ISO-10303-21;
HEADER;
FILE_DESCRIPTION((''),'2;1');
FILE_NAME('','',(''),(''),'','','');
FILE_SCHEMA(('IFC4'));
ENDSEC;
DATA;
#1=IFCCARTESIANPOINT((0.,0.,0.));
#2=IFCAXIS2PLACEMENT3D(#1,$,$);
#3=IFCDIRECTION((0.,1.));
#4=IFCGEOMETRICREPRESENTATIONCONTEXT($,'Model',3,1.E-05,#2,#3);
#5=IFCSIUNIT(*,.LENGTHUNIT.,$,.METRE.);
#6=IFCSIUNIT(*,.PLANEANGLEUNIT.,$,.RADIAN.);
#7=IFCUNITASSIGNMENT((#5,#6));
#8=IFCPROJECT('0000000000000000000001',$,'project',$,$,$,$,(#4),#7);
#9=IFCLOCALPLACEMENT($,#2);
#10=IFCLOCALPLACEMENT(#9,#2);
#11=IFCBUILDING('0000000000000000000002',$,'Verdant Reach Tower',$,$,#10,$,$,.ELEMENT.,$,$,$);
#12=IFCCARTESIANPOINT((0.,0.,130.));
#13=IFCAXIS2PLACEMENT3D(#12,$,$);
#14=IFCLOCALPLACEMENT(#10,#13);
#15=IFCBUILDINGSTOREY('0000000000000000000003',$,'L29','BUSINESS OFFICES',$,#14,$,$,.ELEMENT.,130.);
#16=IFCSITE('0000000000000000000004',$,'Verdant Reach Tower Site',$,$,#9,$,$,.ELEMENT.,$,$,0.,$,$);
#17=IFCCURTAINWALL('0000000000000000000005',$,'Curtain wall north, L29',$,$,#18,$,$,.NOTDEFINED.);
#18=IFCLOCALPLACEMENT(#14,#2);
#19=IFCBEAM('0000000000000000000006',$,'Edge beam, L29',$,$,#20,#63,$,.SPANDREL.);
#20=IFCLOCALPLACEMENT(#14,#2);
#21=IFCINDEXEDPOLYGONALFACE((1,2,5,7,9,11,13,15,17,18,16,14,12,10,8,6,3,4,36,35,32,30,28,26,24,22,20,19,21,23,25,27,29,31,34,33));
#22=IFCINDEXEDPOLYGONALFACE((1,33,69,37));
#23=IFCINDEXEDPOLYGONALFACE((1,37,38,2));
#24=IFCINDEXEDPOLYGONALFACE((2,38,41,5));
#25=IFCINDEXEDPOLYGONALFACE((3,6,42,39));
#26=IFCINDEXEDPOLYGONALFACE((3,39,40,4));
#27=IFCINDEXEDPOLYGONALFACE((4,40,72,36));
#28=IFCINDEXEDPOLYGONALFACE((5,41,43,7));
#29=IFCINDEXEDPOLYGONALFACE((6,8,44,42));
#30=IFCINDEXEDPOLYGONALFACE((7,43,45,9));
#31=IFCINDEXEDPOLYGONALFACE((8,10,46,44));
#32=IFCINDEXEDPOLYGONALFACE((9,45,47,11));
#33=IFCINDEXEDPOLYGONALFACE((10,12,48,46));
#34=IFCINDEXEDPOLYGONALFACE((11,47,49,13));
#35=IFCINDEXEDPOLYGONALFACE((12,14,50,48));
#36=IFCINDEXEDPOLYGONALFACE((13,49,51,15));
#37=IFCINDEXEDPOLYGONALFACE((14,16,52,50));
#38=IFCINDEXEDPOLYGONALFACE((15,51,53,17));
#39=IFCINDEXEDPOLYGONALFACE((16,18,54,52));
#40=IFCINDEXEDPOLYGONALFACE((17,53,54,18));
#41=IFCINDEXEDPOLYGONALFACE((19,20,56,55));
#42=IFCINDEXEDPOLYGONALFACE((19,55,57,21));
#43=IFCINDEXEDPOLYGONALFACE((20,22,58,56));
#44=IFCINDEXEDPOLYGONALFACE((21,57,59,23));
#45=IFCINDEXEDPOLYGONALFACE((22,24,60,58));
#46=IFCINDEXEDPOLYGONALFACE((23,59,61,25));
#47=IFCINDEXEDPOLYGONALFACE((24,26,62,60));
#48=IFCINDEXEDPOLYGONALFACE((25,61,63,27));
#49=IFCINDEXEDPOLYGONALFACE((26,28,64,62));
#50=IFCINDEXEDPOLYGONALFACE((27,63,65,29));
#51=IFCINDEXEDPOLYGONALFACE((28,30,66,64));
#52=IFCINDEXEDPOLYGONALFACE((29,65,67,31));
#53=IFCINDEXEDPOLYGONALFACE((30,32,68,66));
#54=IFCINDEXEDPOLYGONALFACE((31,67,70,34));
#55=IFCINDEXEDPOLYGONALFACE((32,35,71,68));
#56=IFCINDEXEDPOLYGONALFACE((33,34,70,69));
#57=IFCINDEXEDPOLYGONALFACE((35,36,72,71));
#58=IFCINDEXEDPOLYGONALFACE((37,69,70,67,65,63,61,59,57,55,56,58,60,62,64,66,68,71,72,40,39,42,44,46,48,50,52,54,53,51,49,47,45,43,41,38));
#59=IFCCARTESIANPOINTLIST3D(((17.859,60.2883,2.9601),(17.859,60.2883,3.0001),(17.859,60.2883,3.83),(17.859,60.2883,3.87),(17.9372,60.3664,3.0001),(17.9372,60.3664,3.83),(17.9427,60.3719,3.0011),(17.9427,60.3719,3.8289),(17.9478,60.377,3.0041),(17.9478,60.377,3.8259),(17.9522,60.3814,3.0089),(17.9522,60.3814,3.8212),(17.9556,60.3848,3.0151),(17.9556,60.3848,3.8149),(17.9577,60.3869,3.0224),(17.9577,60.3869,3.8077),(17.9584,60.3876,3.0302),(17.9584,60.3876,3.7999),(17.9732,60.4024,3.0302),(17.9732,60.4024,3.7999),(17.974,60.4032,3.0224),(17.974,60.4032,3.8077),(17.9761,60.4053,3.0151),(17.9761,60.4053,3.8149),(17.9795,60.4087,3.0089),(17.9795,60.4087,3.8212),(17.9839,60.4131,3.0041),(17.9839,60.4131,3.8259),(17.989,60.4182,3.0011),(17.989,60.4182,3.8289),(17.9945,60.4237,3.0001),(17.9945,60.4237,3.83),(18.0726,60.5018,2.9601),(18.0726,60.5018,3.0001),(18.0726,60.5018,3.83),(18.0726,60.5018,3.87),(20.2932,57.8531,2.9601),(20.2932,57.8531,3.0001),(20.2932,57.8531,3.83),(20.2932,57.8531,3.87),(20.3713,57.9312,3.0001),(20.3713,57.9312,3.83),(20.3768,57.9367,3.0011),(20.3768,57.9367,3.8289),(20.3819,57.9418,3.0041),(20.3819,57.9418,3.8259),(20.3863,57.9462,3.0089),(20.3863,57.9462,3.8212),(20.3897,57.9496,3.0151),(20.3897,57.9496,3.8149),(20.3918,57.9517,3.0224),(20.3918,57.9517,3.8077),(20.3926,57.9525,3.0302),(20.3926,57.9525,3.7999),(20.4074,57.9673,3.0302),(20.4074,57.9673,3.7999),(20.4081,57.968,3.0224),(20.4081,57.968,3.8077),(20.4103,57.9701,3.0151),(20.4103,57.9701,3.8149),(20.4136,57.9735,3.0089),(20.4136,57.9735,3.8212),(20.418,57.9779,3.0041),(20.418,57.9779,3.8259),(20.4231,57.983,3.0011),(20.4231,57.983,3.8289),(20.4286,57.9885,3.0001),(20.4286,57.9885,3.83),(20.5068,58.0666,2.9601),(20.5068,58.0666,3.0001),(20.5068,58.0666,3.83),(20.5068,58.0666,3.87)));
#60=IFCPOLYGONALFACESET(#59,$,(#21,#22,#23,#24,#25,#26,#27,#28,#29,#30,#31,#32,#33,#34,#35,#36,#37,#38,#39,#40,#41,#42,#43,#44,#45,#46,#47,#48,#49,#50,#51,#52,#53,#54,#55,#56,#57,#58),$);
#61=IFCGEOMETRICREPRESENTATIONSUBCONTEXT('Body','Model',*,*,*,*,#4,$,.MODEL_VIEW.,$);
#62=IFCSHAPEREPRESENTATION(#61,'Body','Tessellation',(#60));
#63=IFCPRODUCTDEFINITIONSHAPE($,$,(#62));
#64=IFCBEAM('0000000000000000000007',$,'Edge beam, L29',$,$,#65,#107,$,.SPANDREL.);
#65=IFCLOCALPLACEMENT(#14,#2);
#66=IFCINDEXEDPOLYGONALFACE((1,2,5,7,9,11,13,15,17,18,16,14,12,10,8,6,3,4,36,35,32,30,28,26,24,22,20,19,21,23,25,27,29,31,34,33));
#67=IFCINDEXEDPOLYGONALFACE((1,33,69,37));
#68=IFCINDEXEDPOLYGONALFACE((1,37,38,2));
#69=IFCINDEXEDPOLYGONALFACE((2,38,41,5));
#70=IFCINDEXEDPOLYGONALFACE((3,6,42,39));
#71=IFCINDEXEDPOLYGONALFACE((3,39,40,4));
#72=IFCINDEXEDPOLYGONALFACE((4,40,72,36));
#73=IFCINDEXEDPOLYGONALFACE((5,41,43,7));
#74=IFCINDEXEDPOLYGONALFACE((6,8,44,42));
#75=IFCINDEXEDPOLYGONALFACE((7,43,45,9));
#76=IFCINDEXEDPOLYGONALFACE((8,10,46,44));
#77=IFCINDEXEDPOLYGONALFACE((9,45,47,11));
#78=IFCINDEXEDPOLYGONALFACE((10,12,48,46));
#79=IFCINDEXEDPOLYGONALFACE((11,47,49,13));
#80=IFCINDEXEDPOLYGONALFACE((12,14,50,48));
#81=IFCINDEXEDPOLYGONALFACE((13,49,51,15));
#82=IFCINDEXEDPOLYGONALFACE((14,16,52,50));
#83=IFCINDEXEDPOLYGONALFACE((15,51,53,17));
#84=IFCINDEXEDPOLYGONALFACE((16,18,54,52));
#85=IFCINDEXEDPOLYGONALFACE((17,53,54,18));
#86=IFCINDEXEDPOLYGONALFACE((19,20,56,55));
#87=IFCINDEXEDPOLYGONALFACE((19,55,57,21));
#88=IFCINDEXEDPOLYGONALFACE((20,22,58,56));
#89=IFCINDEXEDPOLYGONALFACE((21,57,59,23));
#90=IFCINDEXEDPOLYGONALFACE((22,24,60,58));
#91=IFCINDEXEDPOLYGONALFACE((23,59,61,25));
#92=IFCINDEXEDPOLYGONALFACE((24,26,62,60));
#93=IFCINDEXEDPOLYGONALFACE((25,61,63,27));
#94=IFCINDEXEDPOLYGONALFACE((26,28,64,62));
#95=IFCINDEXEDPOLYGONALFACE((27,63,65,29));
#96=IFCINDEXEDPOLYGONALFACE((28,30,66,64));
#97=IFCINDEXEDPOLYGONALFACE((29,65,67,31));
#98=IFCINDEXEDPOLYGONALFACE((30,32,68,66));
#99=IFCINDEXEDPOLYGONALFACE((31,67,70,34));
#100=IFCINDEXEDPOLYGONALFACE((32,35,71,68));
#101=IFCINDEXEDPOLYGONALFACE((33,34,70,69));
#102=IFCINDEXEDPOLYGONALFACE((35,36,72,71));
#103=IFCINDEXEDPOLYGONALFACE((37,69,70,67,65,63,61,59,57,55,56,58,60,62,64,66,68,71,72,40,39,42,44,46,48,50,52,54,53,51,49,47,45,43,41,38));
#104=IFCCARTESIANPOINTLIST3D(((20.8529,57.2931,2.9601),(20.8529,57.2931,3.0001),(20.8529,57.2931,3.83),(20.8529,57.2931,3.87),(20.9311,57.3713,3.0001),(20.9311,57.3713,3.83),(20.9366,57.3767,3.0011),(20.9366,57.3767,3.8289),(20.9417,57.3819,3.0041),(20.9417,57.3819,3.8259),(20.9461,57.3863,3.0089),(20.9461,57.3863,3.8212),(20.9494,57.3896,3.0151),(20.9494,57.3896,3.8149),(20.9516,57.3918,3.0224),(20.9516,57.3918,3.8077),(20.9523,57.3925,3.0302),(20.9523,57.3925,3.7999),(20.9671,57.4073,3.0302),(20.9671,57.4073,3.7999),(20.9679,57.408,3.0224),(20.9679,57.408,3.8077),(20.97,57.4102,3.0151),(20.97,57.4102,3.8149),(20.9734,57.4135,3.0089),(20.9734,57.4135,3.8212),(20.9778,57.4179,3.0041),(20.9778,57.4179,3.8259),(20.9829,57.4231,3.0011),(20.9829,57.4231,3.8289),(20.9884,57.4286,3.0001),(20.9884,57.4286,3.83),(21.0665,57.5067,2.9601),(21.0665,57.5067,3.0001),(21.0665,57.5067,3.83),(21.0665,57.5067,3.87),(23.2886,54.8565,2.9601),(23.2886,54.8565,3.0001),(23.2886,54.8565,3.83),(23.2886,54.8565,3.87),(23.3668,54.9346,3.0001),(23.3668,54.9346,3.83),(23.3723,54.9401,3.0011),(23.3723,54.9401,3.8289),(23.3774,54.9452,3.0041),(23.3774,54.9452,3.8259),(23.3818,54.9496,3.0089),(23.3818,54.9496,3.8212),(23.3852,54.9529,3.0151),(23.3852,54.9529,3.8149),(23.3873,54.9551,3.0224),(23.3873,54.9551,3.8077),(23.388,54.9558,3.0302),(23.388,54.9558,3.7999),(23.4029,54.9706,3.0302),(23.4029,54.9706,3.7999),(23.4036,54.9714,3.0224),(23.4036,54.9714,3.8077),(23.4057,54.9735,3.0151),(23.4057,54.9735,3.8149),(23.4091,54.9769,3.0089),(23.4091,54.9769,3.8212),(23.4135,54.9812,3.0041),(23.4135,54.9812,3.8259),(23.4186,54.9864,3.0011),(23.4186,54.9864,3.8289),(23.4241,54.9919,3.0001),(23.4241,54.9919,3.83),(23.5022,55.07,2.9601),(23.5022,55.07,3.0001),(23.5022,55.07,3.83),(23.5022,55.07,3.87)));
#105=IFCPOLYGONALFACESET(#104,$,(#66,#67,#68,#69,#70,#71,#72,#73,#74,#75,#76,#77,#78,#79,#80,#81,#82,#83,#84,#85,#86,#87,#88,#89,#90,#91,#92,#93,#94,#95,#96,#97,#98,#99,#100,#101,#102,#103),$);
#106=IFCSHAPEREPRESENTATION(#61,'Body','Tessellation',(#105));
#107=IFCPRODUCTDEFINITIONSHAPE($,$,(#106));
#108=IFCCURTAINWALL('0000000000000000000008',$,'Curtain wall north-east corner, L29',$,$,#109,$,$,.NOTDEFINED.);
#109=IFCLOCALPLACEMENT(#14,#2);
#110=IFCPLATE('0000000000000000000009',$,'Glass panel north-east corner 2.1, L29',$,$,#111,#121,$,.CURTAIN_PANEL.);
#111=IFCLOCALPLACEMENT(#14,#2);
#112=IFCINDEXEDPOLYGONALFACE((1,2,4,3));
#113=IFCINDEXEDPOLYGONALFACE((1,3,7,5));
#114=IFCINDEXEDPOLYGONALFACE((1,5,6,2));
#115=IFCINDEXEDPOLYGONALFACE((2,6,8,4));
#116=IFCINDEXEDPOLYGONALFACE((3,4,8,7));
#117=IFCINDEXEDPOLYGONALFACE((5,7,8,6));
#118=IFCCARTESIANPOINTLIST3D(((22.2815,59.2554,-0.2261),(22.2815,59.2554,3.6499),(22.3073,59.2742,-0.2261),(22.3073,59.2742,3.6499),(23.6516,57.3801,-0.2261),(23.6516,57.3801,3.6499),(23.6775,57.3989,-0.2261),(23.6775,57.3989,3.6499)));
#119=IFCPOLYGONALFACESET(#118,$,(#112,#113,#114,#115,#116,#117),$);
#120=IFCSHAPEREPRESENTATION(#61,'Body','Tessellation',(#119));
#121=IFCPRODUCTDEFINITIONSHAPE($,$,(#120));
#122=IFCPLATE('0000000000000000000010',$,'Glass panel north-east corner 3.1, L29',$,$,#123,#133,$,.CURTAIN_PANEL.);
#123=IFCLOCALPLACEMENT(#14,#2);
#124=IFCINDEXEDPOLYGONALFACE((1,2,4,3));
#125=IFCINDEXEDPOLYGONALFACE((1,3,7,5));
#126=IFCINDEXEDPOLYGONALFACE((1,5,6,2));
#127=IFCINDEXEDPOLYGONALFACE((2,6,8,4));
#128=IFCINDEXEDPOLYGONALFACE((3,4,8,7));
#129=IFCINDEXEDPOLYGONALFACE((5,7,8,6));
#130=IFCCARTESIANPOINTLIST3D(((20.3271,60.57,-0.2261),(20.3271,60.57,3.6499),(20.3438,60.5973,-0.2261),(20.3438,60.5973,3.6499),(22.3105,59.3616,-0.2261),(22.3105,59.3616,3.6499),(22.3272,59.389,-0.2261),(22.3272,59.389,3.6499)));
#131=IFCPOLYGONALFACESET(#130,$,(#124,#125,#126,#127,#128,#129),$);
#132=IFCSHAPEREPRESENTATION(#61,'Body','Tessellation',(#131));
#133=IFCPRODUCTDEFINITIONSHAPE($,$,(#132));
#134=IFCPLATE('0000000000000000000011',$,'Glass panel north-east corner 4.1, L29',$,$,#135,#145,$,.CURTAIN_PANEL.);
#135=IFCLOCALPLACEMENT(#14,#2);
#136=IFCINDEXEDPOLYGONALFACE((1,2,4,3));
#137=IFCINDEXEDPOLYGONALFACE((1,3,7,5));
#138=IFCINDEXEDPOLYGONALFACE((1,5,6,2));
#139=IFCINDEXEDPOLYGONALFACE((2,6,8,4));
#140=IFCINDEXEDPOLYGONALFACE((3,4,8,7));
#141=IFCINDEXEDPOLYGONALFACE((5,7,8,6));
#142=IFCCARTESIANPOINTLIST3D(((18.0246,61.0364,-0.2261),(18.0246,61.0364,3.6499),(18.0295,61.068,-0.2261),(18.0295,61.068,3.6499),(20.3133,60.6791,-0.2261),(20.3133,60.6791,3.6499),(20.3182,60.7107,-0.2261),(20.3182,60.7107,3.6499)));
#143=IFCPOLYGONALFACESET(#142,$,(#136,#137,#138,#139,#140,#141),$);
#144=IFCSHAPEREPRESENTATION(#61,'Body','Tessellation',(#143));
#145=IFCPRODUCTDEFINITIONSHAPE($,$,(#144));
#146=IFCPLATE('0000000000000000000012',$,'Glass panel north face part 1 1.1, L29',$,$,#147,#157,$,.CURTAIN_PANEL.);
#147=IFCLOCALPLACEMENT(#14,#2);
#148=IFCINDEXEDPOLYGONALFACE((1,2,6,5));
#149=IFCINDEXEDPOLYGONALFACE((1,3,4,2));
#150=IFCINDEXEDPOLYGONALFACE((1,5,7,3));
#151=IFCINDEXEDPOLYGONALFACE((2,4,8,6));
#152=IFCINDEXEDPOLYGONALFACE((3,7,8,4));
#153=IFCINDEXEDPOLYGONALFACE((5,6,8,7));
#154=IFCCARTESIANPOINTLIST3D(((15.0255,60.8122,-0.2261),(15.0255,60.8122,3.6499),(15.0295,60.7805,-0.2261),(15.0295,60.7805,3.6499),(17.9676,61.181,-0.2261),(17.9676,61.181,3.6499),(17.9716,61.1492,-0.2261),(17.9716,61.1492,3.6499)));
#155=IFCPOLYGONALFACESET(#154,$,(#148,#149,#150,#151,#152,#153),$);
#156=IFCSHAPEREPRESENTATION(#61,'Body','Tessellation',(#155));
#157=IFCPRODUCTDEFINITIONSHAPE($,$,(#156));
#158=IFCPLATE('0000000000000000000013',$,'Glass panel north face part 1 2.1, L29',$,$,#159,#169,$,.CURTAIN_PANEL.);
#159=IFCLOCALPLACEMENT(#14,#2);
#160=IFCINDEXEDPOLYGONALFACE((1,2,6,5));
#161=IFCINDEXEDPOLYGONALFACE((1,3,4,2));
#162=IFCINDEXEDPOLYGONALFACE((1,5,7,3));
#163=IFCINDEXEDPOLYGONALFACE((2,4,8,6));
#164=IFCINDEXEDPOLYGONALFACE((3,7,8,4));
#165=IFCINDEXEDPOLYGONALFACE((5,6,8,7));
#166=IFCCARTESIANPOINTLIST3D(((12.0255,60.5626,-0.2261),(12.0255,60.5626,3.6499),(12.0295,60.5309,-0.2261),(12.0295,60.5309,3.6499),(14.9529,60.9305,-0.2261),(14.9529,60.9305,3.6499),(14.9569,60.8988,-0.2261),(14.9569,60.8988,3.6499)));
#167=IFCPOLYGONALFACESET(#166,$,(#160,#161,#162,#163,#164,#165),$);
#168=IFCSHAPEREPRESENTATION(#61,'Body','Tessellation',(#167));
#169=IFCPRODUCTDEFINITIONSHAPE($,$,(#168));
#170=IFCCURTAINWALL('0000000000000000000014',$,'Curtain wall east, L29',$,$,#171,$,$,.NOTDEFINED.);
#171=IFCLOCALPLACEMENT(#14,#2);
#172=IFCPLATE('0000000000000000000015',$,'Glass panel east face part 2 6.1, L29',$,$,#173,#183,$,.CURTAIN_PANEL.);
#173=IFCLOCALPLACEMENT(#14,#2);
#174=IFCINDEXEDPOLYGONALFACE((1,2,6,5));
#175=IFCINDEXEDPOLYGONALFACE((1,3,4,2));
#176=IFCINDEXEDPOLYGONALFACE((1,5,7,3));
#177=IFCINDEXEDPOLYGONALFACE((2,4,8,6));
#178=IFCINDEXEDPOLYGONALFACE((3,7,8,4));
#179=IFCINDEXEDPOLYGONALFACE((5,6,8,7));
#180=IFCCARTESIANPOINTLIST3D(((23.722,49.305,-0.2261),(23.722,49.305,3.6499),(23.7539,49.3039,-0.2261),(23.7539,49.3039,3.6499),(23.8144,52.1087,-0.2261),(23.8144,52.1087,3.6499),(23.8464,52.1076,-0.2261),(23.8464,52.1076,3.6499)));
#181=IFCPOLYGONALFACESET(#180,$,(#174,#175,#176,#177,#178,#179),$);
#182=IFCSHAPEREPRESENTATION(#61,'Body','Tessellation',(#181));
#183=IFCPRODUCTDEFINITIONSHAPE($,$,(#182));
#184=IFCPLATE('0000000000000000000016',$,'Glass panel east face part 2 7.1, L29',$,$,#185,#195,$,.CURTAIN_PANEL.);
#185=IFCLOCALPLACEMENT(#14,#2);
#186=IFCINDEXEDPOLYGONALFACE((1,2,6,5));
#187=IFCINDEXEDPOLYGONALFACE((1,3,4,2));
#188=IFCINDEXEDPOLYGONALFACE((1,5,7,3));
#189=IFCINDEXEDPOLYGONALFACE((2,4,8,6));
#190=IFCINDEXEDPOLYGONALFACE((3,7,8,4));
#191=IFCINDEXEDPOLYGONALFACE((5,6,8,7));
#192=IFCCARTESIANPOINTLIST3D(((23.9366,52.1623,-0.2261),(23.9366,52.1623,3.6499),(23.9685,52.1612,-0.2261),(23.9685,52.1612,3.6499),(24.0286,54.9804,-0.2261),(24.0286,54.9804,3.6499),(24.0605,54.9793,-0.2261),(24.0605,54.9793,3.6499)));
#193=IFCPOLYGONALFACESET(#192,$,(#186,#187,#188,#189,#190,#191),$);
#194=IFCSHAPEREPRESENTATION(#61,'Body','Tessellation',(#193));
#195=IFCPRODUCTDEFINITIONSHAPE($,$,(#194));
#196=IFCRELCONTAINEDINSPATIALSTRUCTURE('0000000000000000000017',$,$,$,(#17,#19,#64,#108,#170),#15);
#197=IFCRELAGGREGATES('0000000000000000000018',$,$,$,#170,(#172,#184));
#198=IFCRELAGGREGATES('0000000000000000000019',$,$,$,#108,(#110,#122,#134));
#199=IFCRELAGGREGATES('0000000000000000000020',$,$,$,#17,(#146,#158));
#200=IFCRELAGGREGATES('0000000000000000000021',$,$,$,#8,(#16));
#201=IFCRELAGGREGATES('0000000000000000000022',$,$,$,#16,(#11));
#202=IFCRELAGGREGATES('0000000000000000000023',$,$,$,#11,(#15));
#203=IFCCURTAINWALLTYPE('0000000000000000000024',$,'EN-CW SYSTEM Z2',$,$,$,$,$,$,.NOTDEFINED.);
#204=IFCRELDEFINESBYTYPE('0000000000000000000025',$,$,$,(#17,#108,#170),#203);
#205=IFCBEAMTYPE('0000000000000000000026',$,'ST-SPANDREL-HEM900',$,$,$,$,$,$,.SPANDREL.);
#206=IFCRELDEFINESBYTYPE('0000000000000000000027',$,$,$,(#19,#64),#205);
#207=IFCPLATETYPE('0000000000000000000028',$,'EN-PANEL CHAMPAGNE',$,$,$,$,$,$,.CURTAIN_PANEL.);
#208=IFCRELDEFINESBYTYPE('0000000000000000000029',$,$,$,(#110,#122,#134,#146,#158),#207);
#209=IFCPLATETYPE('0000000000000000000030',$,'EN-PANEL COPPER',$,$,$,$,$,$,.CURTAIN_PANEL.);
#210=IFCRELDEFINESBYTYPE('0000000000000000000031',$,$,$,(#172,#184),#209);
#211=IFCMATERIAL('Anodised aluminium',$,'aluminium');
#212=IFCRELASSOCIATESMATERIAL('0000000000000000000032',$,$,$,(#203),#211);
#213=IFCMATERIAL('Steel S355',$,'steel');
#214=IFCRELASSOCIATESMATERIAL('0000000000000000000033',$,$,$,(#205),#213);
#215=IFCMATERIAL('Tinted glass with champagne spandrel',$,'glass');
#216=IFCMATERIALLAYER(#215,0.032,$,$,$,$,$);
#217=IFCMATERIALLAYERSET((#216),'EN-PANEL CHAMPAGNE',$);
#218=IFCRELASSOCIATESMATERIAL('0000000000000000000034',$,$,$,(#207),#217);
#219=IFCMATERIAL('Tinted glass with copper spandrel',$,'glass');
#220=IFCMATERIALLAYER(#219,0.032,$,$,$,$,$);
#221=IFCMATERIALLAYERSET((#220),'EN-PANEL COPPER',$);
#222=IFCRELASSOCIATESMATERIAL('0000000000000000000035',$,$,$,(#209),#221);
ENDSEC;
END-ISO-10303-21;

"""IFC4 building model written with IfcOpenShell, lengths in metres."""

from ifc_helpers import new_model, si_unit, direction, frame, origin, origin_2d, place, context, subcontext, project, spatial, rectangle, i_section, extrude, material, layer, layer_set, material_profile, profile_set, type_object, element, aggregate, save


model = new_model("IFC4")

# Units and contexts
model_context = context("Model", 3, precision=1e-05, world=origin(), true_north=direction((0.0, 1.0)))
body_context = subcontext(model_context, "Body", "Model", "MODEL_VIEW")
ifc_project = project(units=[si_unit("LENGTHUNIT", "METRE"), si_unit("PLANEANGLEUNIT", "RADIAN")], contexts=[model_context])

# Site, building, storey
site_placement = place(None, origin())
site = spatial("IfcSite", under=ifc_project, at=site_placement, Name="Verdant Reach Tower Site", CompositionType="ELEMENT", RefElevation=0.0)
building_placement = place(site_placement, origin())
building = spatial("IfcBuilding", under=site, at=building_placement, Name="Verdant Reach Tower", CompositionType="ELEMENT")
storey_placement = place(building_placement, frame((0.0, 0.0, 130.0)))
storey = spatial("IfcBuildingStorey", under=building, at=storey_placement, Name="L29", Description="BUSINESS OFFICES", CompositionType="ELEMENT", Elevation=130.0)

# Curtain wall
ifc_material_1 = material(Name="Anodised aluminium", Category="aluminium")
curtain_wall_type = type_object("IfcCurtainWallType", Name="EN-CW SYSTEM Z2", PredefinedType="NOTDEFINED", material=ifc_material_1)
curtain_wall_1_placement = place(storey_placement, origin())
curtain_wall_1 = element("IfcCurtainWall", 1, at=curtain_wall_1_placement, inside=storey, type_object=curtain_wall_type, Name="Curtain wall north, L29", PredefinedType="NOTDEFINED")

# Beams
ifc_material_2 = material(Name="Steel S355", Category="steel")
ifc_material_profile_1 = material_profile(ifc_material_2, i_section(OverallWidth=0.302, OverallDepth=0.9099, WebThickness=0.021, FlangeThickness=0.04, FilletRadius=0.03, at=origin_2d()), Name="HEM 900")
ifc_profile_set_1 = profile_set([ifc_material_profile_1], Name="Steel S355")
beam_type_1 = type_object("IfcBeamType", Name="ST-SPANDREL-HEM900", PredefinedType="SPANDREL", material=ifc_profile_set_1)
beam_1_placement = place(storey_placement, frame((17.9658, 60.395, 3.415), z_axis=(0.706965, -0.707249, 0.0), x_axis=(0.707249, 0.706965, 0.0)))
element("IfcBeam", 2, at=beam_1_placement, inside=storey, type_object=beam_type_1, Name="Edge beam, L29", PredefinedType="SPANDREL", context=body_context, shape_type="SweptSolid", body=[
    extrude(i_section(OverallWidth=0.302, OverallDepth=0.9099, WebThickness=0.021, FlangeThickness=0.04, FilletRadius=0.03, at=origin_2d()), origin(), (0.0, 0.0, 1.0), 3.4431),
])
beam_2_placement = place(storey_placement, frame((20.9597, 57.3999, 3.415), z_axis=(0.706965, -0.707248, 0.0), x_axis=(0.707248, 0.706965, 0.0)))
element("IfcBeam", 3, at=beam_2_placement, inside=storey, type_object=beam_type_1, Name="Edge beam, L29", PredefinedType="SPANDREL", context=body_context, shape_type="SweptSolid", body=[
    extrude(i_section(OverallWidth=0.302, OverallDepth=0.9099, WebThickness=0.021, FlangeThickness=0.04, FilletRadius=0.03, at=origin_2d()), origin(), (0.0, 0.0, 1.0), 3.4453),
])

# Curtain wall, plates
curtain_wall_2_placement = place(storey_placement, origin())
curtain_wall_2 = element("IfcCurtainWall", 4, at=curtain_wall_2_placement, inside=storey, type_object=curtain_wall_type, Name="Curtain wall north-east corner, L29", PredefinedType="NOTDEFINED")
ifc_material_3 = material(Name="Tinted glass with champagne spandrel", Category="glass")
ifc_layer_1 = layer(ifc_material_3, 0.032)
ifc_layer_set_1 = layer_set([ifc_layer_1], Name="EN-PANEL CHAMPAGNE")
plate_type_1 = type_object("IfcPlateType", Name="EN-PANEL CHAMPAGNE", PredefinedType="CURTAIN_PANEL", material=ifc_layer_set_1)
plate_1_placement = place(storey_placement, frame((22.9795, 58.3271, -0.2261), z_axis=(0.0, 0.0, 1.0), x_axis=(-0.589927, 0.807457, 0.0)))
plate_1 = element("IfcPlate", 5, at=plate_1_placement, type_object=plate_type_1, Name="Glass panel north-east corner 2.1, L29", PredefinedType="CURTAIN_PANEL", context=body_context, shape_type="SweptSolid", body=[
    extrude(rectangle(XDim=2.3225, YDim=0.032, at=origin_2d()), origin(), (0.0, 0.0, 1.0), 3.876),
])
plate_2_placement = place(storey_placement, frame((21.3271, 59.9795, -0.2261), z_axis=(0.0, 0.0, 1.0), x_axis=(-0.853989, 0.520292, 0.0)))
plate_2 = element("IfcPlate", 6, at=plate_2_placement, type_object=plate_type_1, Name="Glass panel north-east corner 3.1, L29", PredefinedType="CURTAIN_PANEL", context=body_context, shape_type="SweptSolid", body=[
    extrude(rectangle(XDim=2.3225, YDim=0.032, at=origin_2d()), origin(), (0.0, 0.0, 1.0), 3.876),
])
plate_3_placement = place(storey_placement, frame((19.1714, 60.8735, -0.2261), z_axis=(0.0, 0.0, 1.0), x_axis=(-0.988031, 0.154256, 0.0)))
plate_3 = element("IfcPlate", 7, at=plate_3_placement, type_object=plate_type_1, Name="Glass panel north-east corner 4.1, L29", PredefinedType="CURTAIN_PANEL", context=body_context, shape_type="SweptSolid", body=[
    extrude(rectangle(XDim=2.3164, YDim=0.032, at=origin_2d()), origin(), (0.0, 0.0, 1.0), 3.876),
])

# Plates
plate_4_placement = place(storey_placement, frame((16.4985, 60.9807, -0.2261), z_axis=(0.0, 0.0, 1.0), x_axis=(-0.992237, -0.124365, 0.0)))
plate_4 = element("IfcPlate", 8, at=plate_4_placement, type_object=plate_type_1, Name="Glass panel north face part 1 1.1, L29", PredefinedType="CURTAIN_PANEL", context=body_context, shape_type="SweptSolid", body=[
    extrude(rectangle(XDim=2.9651, YDim=0.032, at=origin_2d()), origin(), (0.0, 0.0, 1.0), 3.876),
])
plate_5_placement = place(storey_placement, frame((13.4912, 60.7307, -0.2261), z_axis=(0.0, 0.0, 1.0), x_axis=(-0.992194, -0.124704, 0.0)))
plate_5 = element("IfcPlate", 9, at=plate_5_placement, type_object=plate_type_1, Name="Glass panel north face part 1 2.1, L29", PredefinedType="CURTAIN_PANEL", context=body_context, shape_type="SweptSolid", body=[
    extrude(rectangle(XDim=2.9504, YDim=0.032, at=origin_2d()), origin(), (0.0, 0.0, 1.0), 3.876),
])

# Curtain wall, plates
curtain_wall_3_placement = place(storey_placement, origin())
curtain_wall_3 = element("IfcCurtainWall", 10, at=curtain_wall_3_placement, inside=storey, type_object=curtain_wall_type, Name="Curtain wall east, L29", PredefinedType="NOTDEFINED")
ifc_material_4 = material(Name="Tinted glass with copper spandrel", Category="glass")
ifc_layer_2 = layer(ifc_material_4, 0.032)
ifc_layer_set_2 = layer_set([ifc_layer_2], Name="EN-PANEL COPPER")
plate_type_2 = type_object("IfcPlateType", Name="EN-PANEL COPPER", PredefinedType="CURTAIN_PANEL", material=ifc_layer_set_2)
plate_6_placement = place(storey_placement, frame((23.7842, 50.7063, -0.2261), z_axis=(0.0, 0.0, 1.0), x_axis=(0.032966, 0.999456, 0.0)))
plate_6 = element("IfcPlate", 11, at=plate_6_placement, type_object=plate_type_2, Name="Glass panel east face part 2 6.1, L29", PredefinedType="CURTAIN_PANEL", context=body_context, shape_type="SweptSolid", body=[
    extrude(rectangle(XDim=2.8052, YDim=0.032, at=origin_2d()), origin(), (0.0, 0.0, 1.0), 3.876),
])
plate_7_placement = place(storey_placement, frame((23.9985, 53.5708, -0.2261), z_axis=(0.0, 0.0, 1.0), x_axis=(0.032628, 0.999468, 0.0)))
plate_7 = element("IfcPlate", 12, at=plate_7_placement, type_object=plate_type_2, Name="Glass panel east face part 2 7.1, L29", PredefinedType="CURTAIN_PANEL", context=body_context, shape_type="SweptSolid", body=[
    extrude(rectangle(XDim=2.8196, YDim=0.032, at=origin_2d()), origin(), (0.0, 0.0, 1.0), 3.876),
])
aggregate(curtain_wall_3, [plate_6, plate_7])

aggregate(curtain_wall_2, [plate_1, plate_2, plate_3])
aggregate(curtain_wall_1, [plate_4, plate_5])

save(model, "model.ifc")
